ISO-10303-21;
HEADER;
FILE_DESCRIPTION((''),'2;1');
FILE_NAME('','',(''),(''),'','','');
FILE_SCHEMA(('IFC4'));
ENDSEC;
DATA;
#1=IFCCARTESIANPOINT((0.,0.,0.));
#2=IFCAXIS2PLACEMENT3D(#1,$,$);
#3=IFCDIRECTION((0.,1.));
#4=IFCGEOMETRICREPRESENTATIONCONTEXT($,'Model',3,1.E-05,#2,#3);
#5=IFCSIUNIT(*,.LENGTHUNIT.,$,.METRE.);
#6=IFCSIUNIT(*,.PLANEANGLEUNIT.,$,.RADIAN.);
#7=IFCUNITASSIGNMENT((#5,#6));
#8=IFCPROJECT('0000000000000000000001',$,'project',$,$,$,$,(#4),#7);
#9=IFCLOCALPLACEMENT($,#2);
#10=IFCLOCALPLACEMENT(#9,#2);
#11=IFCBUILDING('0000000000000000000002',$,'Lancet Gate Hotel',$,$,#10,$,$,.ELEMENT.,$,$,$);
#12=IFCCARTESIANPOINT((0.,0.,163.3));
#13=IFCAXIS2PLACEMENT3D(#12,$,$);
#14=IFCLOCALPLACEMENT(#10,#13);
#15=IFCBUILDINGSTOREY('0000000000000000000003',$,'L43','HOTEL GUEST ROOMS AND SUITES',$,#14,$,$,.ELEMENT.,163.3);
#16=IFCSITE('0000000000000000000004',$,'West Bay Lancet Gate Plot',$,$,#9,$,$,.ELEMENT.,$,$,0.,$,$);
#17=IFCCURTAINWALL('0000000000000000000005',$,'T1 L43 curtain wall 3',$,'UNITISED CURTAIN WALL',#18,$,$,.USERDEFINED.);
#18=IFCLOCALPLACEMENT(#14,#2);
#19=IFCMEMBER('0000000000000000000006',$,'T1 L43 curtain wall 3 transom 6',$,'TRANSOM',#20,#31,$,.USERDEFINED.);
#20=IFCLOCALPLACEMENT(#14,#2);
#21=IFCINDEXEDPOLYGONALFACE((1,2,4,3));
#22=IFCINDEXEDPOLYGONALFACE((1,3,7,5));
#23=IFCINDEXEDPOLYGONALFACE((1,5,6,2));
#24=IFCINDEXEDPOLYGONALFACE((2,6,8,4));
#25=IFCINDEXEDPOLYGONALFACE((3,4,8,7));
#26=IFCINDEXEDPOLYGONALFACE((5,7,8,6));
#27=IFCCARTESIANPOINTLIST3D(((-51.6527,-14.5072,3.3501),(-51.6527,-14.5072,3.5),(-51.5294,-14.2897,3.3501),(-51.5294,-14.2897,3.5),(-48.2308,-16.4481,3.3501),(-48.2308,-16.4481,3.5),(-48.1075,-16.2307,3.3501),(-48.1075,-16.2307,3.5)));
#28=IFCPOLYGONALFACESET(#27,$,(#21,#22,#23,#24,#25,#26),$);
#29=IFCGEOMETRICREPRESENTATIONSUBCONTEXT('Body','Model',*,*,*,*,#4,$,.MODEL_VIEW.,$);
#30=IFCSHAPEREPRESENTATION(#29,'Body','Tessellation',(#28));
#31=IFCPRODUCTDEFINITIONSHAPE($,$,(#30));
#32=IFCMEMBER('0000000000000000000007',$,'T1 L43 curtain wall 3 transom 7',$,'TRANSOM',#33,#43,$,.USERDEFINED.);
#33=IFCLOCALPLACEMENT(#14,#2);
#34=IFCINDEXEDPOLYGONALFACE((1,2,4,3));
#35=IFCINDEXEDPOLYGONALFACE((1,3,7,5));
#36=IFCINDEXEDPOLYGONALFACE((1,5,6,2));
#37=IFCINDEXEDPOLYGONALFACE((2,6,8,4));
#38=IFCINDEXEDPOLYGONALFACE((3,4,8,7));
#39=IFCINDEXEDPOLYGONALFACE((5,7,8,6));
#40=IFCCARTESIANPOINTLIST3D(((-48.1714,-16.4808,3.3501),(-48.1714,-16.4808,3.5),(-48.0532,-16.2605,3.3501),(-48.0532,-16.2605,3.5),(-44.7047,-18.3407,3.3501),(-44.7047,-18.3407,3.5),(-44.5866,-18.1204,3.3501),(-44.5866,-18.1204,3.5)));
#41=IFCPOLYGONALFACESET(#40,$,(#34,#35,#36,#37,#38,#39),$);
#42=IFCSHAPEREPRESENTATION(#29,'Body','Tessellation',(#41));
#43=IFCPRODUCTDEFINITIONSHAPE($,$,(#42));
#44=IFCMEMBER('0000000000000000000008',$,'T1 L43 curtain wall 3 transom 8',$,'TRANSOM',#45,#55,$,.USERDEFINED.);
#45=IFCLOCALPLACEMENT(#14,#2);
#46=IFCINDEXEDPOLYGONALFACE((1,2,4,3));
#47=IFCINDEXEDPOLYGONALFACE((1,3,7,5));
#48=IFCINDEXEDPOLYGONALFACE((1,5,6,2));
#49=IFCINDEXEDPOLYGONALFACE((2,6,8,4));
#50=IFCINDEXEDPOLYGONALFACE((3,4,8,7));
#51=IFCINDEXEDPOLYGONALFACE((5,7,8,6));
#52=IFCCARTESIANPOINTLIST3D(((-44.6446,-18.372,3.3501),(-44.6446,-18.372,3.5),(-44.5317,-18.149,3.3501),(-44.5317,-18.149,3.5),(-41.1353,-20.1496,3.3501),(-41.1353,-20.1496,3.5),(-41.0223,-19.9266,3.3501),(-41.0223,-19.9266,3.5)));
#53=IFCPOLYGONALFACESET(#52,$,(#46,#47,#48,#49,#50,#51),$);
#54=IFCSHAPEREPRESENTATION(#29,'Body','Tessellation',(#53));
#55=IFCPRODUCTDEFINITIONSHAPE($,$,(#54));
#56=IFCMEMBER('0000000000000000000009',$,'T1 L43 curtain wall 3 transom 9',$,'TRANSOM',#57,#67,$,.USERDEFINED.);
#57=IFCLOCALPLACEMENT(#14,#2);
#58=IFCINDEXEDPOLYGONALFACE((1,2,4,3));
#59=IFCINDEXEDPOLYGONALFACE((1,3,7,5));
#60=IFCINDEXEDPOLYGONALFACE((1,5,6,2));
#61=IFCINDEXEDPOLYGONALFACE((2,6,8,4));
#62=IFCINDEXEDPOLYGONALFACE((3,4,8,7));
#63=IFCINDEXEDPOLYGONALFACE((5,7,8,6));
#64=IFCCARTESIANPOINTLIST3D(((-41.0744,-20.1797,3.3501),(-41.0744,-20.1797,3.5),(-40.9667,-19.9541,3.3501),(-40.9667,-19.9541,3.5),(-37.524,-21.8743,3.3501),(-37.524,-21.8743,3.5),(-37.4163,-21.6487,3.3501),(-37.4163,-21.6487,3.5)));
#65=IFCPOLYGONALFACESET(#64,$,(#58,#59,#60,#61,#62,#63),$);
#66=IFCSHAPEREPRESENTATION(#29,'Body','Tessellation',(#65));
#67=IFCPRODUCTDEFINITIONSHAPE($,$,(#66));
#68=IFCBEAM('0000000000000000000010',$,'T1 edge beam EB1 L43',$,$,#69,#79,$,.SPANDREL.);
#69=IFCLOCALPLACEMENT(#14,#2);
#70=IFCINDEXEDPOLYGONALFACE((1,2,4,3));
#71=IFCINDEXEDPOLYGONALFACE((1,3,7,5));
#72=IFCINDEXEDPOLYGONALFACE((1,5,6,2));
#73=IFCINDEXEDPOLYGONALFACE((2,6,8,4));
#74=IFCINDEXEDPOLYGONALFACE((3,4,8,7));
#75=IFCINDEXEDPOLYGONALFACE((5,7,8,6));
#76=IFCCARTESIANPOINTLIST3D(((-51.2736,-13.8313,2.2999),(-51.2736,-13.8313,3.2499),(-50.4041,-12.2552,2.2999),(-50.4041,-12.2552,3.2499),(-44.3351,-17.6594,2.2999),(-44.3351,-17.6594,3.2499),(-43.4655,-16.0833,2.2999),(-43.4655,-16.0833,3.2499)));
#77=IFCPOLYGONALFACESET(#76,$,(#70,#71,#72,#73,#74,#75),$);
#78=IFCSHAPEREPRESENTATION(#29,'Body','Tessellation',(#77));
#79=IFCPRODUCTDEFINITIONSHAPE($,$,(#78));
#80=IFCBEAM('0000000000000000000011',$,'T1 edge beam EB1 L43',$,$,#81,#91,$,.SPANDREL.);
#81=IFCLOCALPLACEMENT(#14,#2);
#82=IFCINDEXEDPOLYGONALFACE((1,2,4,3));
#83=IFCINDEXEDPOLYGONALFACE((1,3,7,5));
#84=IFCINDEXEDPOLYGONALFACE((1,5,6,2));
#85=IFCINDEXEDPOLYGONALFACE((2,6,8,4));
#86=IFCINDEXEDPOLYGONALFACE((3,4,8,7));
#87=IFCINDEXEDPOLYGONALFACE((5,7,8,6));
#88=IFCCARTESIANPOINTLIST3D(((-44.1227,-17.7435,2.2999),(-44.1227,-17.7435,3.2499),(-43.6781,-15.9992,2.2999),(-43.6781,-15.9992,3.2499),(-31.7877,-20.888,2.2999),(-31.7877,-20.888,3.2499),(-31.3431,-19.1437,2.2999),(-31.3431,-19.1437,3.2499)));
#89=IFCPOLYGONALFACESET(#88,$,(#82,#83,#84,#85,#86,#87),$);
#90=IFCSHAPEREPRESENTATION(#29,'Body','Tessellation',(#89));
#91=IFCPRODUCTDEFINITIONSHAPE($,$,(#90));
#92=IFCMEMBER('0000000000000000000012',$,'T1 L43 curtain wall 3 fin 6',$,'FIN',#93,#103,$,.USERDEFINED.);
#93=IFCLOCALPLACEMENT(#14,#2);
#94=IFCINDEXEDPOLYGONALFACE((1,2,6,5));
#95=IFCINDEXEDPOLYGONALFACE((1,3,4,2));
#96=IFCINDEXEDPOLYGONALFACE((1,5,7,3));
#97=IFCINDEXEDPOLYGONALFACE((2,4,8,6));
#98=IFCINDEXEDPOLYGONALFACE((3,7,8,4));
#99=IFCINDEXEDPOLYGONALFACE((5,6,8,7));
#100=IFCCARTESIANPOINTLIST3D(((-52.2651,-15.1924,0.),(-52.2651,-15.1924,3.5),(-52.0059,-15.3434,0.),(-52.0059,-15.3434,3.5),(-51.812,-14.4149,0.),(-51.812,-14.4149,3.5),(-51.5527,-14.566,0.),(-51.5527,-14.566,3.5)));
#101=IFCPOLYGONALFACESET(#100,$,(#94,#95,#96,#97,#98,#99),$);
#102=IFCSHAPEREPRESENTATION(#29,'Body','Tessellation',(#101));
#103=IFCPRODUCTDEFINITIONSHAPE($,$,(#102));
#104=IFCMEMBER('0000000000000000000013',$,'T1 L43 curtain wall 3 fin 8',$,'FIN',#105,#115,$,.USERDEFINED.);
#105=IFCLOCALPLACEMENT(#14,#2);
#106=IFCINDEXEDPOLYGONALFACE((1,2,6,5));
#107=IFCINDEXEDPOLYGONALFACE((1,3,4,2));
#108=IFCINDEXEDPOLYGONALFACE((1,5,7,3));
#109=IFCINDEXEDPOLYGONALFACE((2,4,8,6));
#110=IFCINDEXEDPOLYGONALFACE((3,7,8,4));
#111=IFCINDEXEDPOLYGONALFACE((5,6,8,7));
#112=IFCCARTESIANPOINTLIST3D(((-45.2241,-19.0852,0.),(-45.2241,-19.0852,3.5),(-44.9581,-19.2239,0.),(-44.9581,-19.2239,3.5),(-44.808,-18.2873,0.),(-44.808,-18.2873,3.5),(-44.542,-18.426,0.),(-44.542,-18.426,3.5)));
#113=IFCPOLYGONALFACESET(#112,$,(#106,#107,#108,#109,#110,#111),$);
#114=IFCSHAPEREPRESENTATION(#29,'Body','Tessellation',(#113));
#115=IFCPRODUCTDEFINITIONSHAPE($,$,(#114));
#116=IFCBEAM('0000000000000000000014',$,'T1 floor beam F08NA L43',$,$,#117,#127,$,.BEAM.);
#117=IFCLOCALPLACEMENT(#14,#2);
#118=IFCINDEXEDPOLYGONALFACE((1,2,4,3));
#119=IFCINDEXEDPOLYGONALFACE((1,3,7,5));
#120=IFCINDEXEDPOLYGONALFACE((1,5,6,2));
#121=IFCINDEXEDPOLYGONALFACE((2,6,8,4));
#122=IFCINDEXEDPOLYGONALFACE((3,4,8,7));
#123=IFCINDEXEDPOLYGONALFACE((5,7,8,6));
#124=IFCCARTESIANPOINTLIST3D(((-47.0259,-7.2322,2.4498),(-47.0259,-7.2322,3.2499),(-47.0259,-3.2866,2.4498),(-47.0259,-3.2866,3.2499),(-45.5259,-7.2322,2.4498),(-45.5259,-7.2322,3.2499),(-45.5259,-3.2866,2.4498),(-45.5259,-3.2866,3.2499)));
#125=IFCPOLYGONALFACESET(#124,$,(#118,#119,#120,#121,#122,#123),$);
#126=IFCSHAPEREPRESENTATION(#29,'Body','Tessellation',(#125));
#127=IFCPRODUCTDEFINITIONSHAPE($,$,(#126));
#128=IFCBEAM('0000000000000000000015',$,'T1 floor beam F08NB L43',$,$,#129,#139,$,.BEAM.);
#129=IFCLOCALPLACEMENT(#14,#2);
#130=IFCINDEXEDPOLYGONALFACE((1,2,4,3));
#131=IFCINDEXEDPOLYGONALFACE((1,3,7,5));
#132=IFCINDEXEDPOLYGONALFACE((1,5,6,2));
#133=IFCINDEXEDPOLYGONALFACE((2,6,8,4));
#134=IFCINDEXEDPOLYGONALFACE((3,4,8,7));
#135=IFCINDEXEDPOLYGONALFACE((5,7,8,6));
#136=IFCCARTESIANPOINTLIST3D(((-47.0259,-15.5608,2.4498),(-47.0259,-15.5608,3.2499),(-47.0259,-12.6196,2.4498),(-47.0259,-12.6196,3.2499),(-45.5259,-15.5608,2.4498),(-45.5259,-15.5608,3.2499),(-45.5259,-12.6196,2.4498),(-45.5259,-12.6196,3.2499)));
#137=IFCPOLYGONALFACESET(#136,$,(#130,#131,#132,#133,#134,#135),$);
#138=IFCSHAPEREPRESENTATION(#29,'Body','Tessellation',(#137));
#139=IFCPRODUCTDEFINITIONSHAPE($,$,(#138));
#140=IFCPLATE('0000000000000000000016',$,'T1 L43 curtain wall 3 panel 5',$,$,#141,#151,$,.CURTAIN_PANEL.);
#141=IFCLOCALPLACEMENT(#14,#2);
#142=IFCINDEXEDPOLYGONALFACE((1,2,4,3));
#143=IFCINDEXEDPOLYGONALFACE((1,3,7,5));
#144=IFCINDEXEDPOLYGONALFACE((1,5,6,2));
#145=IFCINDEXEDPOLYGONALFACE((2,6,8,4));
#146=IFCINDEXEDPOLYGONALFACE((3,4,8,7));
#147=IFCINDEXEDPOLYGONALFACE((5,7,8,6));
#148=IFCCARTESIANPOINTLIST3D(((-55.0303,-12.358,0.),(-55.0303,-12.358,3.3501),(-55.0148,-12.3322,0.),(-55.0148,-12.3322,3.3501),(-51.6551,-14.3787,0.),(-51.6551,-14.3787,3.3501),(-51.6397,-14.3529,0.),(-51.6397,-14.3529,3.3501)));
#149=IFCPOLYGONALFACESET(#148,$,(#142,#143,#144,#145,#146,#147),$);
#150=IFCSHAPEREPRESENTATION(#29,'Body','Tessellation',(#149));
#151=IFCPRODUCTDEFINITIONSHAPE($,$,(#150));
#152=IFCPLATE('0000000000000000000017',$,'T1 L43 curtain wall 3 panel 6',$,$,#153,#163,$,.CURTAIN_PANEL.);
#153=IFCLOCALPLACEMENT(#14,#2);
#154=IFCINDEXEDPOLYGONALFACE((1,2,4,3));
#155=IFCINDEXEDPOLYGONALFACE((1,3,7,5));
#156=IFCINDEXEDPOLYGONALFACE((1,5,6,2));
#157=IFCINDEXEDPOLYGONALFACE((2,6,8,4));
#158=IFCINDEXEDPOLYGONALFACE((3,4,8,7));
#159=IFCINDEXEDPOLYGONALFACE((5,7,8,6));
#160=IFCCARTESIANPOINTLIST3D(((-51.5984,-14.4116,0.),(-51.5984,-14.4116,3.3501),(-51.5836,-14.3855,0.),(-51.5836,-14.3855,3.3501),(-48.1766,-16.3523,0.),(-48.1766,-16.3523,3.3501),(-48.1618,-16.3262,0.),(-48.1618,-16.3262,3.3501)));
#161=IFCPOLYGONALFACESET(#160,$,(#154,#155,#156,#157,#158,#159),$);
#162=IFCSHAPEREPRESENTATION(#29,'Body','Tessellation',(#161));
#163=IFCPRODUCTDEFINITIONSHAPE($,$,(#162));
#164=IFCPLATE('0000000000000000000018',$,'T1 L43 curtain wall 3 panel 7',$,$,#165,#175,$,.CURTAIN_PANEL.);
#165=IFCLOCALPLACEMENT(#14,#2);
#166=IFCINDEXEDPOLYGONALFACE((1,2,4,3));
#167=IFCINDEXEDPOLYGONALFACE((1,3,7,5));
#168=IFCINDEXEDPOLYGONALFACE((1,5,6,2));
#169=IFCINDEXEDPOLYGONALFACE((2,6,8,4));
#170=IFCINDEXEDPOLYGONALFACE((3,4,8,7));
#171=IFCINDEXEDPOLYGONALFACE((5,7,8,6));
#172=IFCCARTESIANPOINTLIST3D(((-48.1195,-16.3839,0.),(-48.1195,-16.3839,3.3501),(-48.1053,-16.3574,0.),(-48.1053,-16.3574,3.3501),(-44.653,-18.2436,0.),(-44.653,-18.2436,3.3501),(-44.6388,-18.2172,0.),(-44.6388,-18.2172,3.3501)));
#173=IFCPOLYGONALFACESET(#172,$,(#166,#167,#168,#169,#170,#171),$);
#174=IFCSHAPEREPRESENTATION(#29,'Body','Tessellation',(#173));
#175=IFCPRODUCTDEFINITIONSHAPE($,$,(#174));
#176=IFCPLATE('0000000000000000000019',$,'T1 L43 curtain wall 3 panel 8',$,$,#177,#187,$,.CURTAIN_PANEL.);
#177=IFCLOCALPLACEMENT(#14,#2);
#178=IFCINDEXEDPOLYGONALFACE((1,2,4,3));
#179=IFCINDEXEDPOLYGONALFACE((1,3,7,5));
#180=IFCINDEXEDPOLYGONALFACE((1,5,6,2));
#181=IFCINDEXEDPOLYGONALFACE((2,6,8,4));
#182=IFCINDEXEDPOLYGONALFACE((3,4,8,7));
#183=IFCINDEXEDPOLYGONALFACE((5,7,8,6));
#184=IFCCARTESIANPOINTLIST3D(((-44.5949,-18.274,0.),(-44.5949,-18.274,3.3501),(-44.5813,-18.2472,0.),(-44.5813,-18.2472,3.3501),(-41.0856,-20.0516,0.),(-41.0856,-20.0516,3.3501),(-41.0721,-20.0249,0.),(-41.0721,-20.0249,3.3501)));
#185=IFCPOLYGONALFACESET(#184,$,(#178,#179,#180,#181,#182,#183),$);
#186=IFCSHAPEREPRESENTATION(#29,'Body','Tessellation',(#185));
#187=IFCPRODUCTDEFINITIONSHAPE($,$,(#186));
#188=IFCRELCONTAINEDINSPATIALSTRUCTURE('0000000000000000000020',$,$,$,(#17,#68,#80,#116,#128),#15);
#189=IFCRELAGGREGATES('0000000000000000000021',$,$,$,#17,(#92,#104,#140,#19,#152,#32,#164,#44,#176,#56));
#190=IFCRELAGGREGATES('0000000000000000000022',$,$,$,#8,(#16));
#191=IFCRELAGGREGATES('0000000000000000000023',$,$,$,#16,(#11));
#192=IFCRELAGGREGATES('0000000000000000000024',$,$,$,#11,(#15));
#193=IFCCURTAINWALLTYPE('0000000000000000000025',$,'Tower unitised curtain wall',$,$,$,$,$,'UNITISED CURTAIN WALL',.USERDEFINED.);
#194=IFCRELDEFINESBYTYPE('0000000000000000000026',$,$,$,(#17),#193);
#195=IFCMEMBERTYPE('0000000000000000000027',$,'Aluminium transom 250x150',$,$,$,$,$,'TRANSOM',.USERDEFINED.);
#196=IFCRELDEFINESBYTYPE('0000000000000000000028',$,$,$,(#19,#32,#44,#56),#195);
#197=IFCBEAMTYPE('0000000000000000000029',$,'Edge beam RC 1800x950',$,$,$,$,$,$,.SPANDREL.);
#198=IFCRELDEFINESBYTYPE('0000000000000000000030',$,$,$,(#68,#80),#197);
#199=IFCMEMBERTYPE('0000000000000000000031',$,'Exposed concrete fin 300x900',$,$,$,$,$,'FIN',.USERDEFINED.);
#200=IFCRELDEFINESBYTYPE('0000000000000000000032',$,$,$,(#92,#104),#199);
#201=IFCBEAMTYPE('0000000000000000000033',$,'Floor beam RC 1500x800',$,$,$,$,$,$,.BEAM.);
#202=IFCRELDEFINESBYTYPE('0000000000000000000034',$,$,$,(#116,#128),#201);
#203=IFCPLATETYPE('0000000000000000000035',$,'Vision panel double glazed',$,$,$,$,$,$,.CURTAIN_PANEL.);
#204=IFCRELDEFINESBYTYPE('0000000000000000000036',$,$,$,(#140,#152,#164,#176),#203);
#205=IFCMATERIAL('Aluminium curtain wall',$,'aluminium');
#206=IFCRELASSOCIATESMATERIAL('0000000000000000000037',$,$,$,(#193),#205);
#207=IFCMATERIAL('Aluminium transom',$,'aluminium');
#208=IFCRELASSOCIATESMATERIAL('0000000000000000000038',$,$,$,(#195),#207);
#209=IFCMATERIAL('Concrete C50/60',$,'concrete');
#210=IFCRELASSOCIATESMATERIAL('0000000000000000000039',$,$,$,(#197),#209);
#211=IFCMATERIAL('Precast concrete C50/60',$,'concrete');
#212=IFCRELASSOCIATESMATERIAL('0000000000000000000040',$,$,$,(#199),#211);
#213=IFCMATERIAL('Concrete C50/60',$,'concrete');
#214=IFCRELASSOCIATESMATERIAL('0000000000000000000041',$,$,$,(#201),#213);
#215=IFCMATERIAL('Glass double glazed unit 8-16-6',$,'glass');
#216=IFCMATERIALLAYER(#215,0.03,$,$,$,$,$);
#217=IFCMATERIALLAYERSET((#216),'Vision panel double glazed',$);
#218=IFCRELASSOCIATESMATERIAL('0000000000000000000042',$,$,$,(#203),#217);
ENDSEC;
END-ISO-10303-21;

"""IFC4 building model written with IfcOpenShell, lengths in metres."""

from ifc_helpers import new_model, si_unit, direction, frame, origin, origin_2d, place, context, subcontext, project, spatial, rectangle, extrude, material, layer, layer_set, material_profile, profile_set, type_object, element, aggregate, save


model = new_model("IFC4")

# Units and contexts
model_context = context("Model", 3, precision=1e-05, world=origin(), true_north=direction((0.0, 1.0)))
body_context = subcontext(model_context, "Body", "Model", "MODEL_VIEW")
ifc_project = project(units=[si_unit("LENGTHUNIT", "METRE"), si_unit("PLANEANGLEUNIT", "RADIAN")], contexts=[model_context])

# Site, building, storey
site_placement = place(None, origin())
site = spatial("IfcSite", under=ifc_project, at=site_placement, Name="West Bay Lancet Gate Plot", CompositionType="ELEMENT", RefElevation=0.0)
building_placement = place(site_placement, origin())
building = spatial("IfcBuilding", under=site, at=building_placement, Name="Lancet Gate Hotel", CompositionType="ELEMENT")
storey_placement = place(building_placement, frame((0.0, 0.0, 163.3)))
storey = spatial("IfcBuildingStorey", under=building, at=storey_placement, Name="L43", Description="HOTEL GUEST ROOMS AND SUITES", CompositionType="ELEMENT", Elevation=163.3)

# Curtain wall, members
ifc_material_1 = material(Name="Aluminium curtain wall", Category="aluminium")
curtain_wall_type = type_object("IfcCurtainWallType", Name="Tower unitised curtain wall", ElementType="UNITISED CURTAIN WALL", PredefinedType="USERDEFINED", material=ifc_material_1)
curtain_wall_placement = place(storey_placement, origin())
curtain_wall = element("IfcCurtainWall", 1, at=curtain_wall_placement, inside=storey, type_object=curtain_wall_type, Name="T1 L43 curtain wall 3", ObjectType="UNITISED CURTAIN WALL", PredefinedType="USERDEFINED")
ifc_material_2 = material(Name="Aluminium transom", Category="aluminium")
ifc_material_profile_1 = material_profile(ifc_material_2, rectangle(XDim=0.25, YDim=0.1499, at=origin_2d()), Name="TRANSOM 250x150")
ifc_profile_set_1 = profile_set([ifc_material_profile_1], Name="Aluminium transom")
member_type_1 = type_object("IfcMemberType", Name="Aluminium transom 250x150", ElementType="TRANSOM", PredefinedType="USERDEFINED", material=ifc_profile_set_1)
member_1_placement = place(storey_placement, frame((-51.5911, -14.3984, 3.425), z_axis=(0.86982, -0.49337, 0.0), x_axis=(0.49337, 0.86982, 0.0)))
member_1 = element("IfcMember", 2, at=member_1_placement, type_object=member_type_1, Name="T1 L43 curtain wall 3 transom 6", ObjectType="TRANSOM", PredefinedType="USERDEFINED", context=body_context, shape_type="SweptSolid", body=[
    extrude(rectangle(XDim=0.25, YDim=0.1499, at=origin_2d()), origin(), (0.0, 0.0, 1.0), 3.9341),
])
member_2_placement = place(storey_placement, frame((-48.1123, -16.3706, 3.425), z_axis=(0.881185, -0.472771, 0.0), x_axis=(0.472771, 0.881185, 0.0)))
member_2 = element("IfcMember", 3, at=member_2_placement, type_object=member_type_1, Name="T1 L43 curtain wall 3 transom 7", ObjectType="TRANSOM", PredefinedType="USERDEFINED", context=body_context, shape_type="SweptSolid", body=[
    extrude(rectangle(XDim=0.25, YDim=0.1499, at=origin_2d()), origin(), (0.0, 0.0, 1.0), 3.9341),
])
member_3_placement = place(storey_placement, frame((-44.5881, -18.2605, 3.425), z_axis=(0.892081, -0.451875, 0.0), x_axis=(0.451875, 0.892081, 0.0)))
member_3 = element("IfcMember", 4, at=member_3_placement, type_object=member_type_1, Name="T1 L43 curtain wall 3 transom 8", ObjectType="TRANSOM", PredefinedType="USERDEFINED", context=body_context, shape_type="SweptSolid", body=[
    extrude(rectangle(XDim=0.25, YDim=0.1499, at=origin_2d()), origin(), (0.0, 0.0, 1.0), 3.9338),
])
member_4_placement = place(storey_placement, frame((-41.0205, -20.0669, 3.425), z_axis=(0.902469, -0.430755, 0.0), x_axis=(0.430755, 0.902469, 0.0)))
member_4 = element("IfcMember", 5, at=member_4_placement, type_object=member_type_1, Name="T1 L43 curtain wall 3 transom 9", ObjectType="TRANSOM", PredefinedType="USERDEFINED", context=body_context, shape_type="SweptSolid", body=[
    extrude(rectangle(XDim=0.25, YDim=0.1499, at=origin_2d()), origin(), (0.0, 0.0, 1.0), 3.9341),
])

# Beams
ifc_material_3 = material(Name="Concrete C50/60", Category="concrete")
ifc_material_profile_2 = material_profile(ifc_material_3, rectangle(XDim=1.8, YDim=0.95, at=origin_2d()), Name="RC 1800x950")
ifc_profile_set_2 = profile_set([ifc_material_profile_2], Name="Concrete C50/60")
beam_type_1 = type_object("IfcBeamType", Name="Edge beam RC 1800x950", PredefinedType="SPANDREL", material=ifc_profile_set_2)
beam_1_placement = place(storey_placement, frame((-50.8389, -13.0432, 2.7749), z_axis=(0.875578, -0.483077, 0.0), x_axis=(0.483077, 0.875578, 0.0)))
element("IfcBeam", 6, at=beam_1_placement, inside=storey, type_object=beam_type_1, Name="T1 edge beam EB1 L43", PredefinedType="SPANDREL", context=body_context, shape_type="SweptSolid", body=[
    extrude(rectangle(XDim=1.8, YDim=0.95, at=origin_2d()), origin(), (0.0, 0.0, 1.0), 7.9246),
])
beam_2_placement = place(storey_placement, frame((-43.9004, -16.8713, 2.7749), z_axis=(0.969008, -0.247028, 0.0), x_axis=(0.247028, 0.969008, 0.0)))
element("IfcBeam", 7, at=beam_2_placement, inside=storey, type_object=beam_type_1, Name="T1 edge beam EB1 L43", PredefinedType="SPANDREL", context=body_context, shape_type="SweptSolid", body=[
    extrude(rectangle(XDim=1.8, YDim=0.95, at=origin_2d()), origin(), (0.0, 0.0, 1.0), 12.7295),
])

# Members
ifc_material_4 = material(Name="Precast concrete C50/60", Category="concrete")
ifc_material_profile_3 = material_profile(ifc_material_4, rectangle(XDim=0.3, YDim=0.8999, at=origin_2d()), Name="FIN 300x900")
ifc_profile_set_3 = profile_set([ifc_material_profile_3], Name="Precast concrete C50/60")
member_type_2 = type_object("IfcMemberType", Name="Exposed concrete fin 300x900", ElementType="FIN", PredefinedType="USERDEFINED", material=ifc_profile_set_3)
member_5_placement = place(storey_placement, frame((-51.9089, -14.8792, 0.0), z_axis=(0.0, 0.0, 1.0), x_axis=(0.863969, -0.503545, 0.0)))
member_5 = element("IfcMember", 8, at=member_5_placement, type_object=member_type_2, Name="T1 L43 curtain wall 3 fin 6", ObjectType="FIN", PredefinedType="USERDEFINED", context=body_context, shape_type="SweptSolid", body=[
    extrude(rectangle(XDim=0.3, YDim=0.8999, at=origin_2d()), origin(), (0.0, 0.0, 1.0), 3.5),
])
member_6_placement = place(storey_placement, frame((-44.8831, -18.7556, 0.0), z_axis=(0.0, 0.0, 1.0), x_axis=(0.886694, -0.462356, 0.0)))
member_6 = element("IfcMember", 9, at=member_6_placement, type_object=member_type_2, Name="T1 L43 curtain wall 3 fin 8", ObjectType="FIN", PredefinedType="USERDEFINED", context=body_context, shape_type="SweptSolid", body=[
    extrude(rectangle(XDim=0.3, YDim=0.8999, at=origin_2d()), origin(), (0.0, 0.0, 1.0), 3.5),
])

# Beams
ifc_material_5 = material(Name="Concrete C50/60", Category="concrete")
ifc_material_profile_4 = material_profile(ifc_material_5, rectangle(XDim=1.5, YDim=0.8, at=origin_2d()), Name="RC 1500x800")
ifc_profile_set_4 = profile_set([ifc_material_profile_4], Name="Concrete C50/60")
beam_type_2 = type_object("IfcBeamType", Name="Floor beam RC 1500x800", PredefinedType="BEAM", material=ifc_profile_set_4)
beam_3_placement = place(storey_placement, frame((-46.2759, -3.2866, 2.8499), z_axis=(0.0, -1.0, 0.0), x_axis=(1.0, 0.0, 0.0)))
element("IfcBeam", 10, at=beam_3_placement, inside=storey, type_object=beam_type_2, Name="T1 floor beam F08NA L43", PredefinedType="BEAM", context=body_context, shape_type="SweptSolid", body=[
    extrude(rectangle(XDim=1.5, YDim=0.8, at=origin_2d()), origin(), (0.0, 0.0, 1.0), 3.9456),
])
beam_4_placement = place(storey_placement, frame((-46.2759, -12.6196, 2.8499), z_axis=(0.0, -1.0, 0.0), x_axis=(1.0, 0.0, 0.0)))
element("IfcBeam", 11, at=beam_4_placement, inside=storey, type_object=beam_type_2, Name="T1 floor beam F08NB L43", PredefinedType="BEAM", context=body_context, shape_type="SweptSolid", body=[
    extrude(rectangle(XDim=1.5, YDim=0.8, at=origin_2d()), origin(), (0.0, 0.0, 1.0), 2.9412),
])

# Plates
ifc_material_6 = material(Name="Glass double glazed unit 8-16-6", Category="glass")
ifc_layer_1 = layer(ifc_material_6, 0.03)
ifc_layer_set_1 = layer_set([ifc_layer_1], Name="Vision panel double glazed")
plate_type = type_object("IfcPlateType", Name="Vision panel double glazed", PredefinedType="CURTAIN_PANEL", material=ifc_layer_set_1)
plate_1_placement = place(storey_placement, frame((-53.335, -13.3555, 0.0), z_axis=(0.0, 0.0, 1.0), x_axis=(0.857987, -0.513672, 0.0)))
plate_1 = element("IfcPlate", 12, at=plate_1_placement, type_object=plate_type, Name="T1 L43 curtain wall 3 panel 5", PredefinedType="CURTAIN_PANEL", context=body_context, shape_type="SweptSolid", body=[
    extrude(rectangle(XDim=3.9338, YDim=0.03, at=origin_2d()), origin(), (0.0, 0.0, 1.0), 3.3501),
])
plate_2_placement = place(storey_placement, frame((-49.8801, -15.3689, 0.0), z_axis=(0.0, 0.0, 1.0), x_axis=(0.869831, -0.493349, 0.0)))
plate_2 = element("IfcPlate", 13, at=plate_2_placement, type_object=plate_type, Name="T1 L43 curtain wall 3 panel 6", PredefinedType="CURTAIN_PANEL", context=body_context, shape_type="SweptSolid", body=[
    extrude(rectangle(XDim=3.9338, YDim=0.03, at=origin_2d()), origin(), (0.0, 0.0, 1.0), 3.3501),
])
plate_3_placement = place(storey_placement, frame((-46.3792, -17.3005, 0.0), z_axis=(0.0, 0.0, 1.0), x_axis=(0.881195, -0.472753, 0.0)))
plate_3 = element("IfcPlate", 14, at=plate_3_placement, type_object=plate_type, Name="T1 L43 curtain wall 3 panel 7", PredefinedType="CURTAIN_PANEL", context=body_context, shape_type="SweptSolid", body=[
    extrude(rectangle(XDim=3.9338, YDim=0.03, at=origin_2d()), origin(), (0.0, 0.0, 1.0), 3.3501),
])
plate_4_placement = place(storey_placement, frame((-42.8335, -19.1494, 0.0), z_axis=(0.0, 0.0, 1.0), x_axis=(0.892071, -0.451895, 0.0)))
plate_4 = element("IfcPlate", 15, at=plate_4_placement, type_object=plate_type, Name="T1 L43 curtain wall 3 panel 8", PredefinedType="CURTAIN_PANEL", context=body_context, shape_type="SweptSolid", body=[
    extrude(rectangle(XDim=3.9338, YDim=0.03, at=origin_2d()), origin(), (0.0, 0.0, 1.0), 3.3501),
])
aggregate(curtain_wall, [member_5, member_6, plate_1, member_1, plate_2, member_2, plate_3, member_3, plate_4, member_4])

save(model, "model.ifc")
